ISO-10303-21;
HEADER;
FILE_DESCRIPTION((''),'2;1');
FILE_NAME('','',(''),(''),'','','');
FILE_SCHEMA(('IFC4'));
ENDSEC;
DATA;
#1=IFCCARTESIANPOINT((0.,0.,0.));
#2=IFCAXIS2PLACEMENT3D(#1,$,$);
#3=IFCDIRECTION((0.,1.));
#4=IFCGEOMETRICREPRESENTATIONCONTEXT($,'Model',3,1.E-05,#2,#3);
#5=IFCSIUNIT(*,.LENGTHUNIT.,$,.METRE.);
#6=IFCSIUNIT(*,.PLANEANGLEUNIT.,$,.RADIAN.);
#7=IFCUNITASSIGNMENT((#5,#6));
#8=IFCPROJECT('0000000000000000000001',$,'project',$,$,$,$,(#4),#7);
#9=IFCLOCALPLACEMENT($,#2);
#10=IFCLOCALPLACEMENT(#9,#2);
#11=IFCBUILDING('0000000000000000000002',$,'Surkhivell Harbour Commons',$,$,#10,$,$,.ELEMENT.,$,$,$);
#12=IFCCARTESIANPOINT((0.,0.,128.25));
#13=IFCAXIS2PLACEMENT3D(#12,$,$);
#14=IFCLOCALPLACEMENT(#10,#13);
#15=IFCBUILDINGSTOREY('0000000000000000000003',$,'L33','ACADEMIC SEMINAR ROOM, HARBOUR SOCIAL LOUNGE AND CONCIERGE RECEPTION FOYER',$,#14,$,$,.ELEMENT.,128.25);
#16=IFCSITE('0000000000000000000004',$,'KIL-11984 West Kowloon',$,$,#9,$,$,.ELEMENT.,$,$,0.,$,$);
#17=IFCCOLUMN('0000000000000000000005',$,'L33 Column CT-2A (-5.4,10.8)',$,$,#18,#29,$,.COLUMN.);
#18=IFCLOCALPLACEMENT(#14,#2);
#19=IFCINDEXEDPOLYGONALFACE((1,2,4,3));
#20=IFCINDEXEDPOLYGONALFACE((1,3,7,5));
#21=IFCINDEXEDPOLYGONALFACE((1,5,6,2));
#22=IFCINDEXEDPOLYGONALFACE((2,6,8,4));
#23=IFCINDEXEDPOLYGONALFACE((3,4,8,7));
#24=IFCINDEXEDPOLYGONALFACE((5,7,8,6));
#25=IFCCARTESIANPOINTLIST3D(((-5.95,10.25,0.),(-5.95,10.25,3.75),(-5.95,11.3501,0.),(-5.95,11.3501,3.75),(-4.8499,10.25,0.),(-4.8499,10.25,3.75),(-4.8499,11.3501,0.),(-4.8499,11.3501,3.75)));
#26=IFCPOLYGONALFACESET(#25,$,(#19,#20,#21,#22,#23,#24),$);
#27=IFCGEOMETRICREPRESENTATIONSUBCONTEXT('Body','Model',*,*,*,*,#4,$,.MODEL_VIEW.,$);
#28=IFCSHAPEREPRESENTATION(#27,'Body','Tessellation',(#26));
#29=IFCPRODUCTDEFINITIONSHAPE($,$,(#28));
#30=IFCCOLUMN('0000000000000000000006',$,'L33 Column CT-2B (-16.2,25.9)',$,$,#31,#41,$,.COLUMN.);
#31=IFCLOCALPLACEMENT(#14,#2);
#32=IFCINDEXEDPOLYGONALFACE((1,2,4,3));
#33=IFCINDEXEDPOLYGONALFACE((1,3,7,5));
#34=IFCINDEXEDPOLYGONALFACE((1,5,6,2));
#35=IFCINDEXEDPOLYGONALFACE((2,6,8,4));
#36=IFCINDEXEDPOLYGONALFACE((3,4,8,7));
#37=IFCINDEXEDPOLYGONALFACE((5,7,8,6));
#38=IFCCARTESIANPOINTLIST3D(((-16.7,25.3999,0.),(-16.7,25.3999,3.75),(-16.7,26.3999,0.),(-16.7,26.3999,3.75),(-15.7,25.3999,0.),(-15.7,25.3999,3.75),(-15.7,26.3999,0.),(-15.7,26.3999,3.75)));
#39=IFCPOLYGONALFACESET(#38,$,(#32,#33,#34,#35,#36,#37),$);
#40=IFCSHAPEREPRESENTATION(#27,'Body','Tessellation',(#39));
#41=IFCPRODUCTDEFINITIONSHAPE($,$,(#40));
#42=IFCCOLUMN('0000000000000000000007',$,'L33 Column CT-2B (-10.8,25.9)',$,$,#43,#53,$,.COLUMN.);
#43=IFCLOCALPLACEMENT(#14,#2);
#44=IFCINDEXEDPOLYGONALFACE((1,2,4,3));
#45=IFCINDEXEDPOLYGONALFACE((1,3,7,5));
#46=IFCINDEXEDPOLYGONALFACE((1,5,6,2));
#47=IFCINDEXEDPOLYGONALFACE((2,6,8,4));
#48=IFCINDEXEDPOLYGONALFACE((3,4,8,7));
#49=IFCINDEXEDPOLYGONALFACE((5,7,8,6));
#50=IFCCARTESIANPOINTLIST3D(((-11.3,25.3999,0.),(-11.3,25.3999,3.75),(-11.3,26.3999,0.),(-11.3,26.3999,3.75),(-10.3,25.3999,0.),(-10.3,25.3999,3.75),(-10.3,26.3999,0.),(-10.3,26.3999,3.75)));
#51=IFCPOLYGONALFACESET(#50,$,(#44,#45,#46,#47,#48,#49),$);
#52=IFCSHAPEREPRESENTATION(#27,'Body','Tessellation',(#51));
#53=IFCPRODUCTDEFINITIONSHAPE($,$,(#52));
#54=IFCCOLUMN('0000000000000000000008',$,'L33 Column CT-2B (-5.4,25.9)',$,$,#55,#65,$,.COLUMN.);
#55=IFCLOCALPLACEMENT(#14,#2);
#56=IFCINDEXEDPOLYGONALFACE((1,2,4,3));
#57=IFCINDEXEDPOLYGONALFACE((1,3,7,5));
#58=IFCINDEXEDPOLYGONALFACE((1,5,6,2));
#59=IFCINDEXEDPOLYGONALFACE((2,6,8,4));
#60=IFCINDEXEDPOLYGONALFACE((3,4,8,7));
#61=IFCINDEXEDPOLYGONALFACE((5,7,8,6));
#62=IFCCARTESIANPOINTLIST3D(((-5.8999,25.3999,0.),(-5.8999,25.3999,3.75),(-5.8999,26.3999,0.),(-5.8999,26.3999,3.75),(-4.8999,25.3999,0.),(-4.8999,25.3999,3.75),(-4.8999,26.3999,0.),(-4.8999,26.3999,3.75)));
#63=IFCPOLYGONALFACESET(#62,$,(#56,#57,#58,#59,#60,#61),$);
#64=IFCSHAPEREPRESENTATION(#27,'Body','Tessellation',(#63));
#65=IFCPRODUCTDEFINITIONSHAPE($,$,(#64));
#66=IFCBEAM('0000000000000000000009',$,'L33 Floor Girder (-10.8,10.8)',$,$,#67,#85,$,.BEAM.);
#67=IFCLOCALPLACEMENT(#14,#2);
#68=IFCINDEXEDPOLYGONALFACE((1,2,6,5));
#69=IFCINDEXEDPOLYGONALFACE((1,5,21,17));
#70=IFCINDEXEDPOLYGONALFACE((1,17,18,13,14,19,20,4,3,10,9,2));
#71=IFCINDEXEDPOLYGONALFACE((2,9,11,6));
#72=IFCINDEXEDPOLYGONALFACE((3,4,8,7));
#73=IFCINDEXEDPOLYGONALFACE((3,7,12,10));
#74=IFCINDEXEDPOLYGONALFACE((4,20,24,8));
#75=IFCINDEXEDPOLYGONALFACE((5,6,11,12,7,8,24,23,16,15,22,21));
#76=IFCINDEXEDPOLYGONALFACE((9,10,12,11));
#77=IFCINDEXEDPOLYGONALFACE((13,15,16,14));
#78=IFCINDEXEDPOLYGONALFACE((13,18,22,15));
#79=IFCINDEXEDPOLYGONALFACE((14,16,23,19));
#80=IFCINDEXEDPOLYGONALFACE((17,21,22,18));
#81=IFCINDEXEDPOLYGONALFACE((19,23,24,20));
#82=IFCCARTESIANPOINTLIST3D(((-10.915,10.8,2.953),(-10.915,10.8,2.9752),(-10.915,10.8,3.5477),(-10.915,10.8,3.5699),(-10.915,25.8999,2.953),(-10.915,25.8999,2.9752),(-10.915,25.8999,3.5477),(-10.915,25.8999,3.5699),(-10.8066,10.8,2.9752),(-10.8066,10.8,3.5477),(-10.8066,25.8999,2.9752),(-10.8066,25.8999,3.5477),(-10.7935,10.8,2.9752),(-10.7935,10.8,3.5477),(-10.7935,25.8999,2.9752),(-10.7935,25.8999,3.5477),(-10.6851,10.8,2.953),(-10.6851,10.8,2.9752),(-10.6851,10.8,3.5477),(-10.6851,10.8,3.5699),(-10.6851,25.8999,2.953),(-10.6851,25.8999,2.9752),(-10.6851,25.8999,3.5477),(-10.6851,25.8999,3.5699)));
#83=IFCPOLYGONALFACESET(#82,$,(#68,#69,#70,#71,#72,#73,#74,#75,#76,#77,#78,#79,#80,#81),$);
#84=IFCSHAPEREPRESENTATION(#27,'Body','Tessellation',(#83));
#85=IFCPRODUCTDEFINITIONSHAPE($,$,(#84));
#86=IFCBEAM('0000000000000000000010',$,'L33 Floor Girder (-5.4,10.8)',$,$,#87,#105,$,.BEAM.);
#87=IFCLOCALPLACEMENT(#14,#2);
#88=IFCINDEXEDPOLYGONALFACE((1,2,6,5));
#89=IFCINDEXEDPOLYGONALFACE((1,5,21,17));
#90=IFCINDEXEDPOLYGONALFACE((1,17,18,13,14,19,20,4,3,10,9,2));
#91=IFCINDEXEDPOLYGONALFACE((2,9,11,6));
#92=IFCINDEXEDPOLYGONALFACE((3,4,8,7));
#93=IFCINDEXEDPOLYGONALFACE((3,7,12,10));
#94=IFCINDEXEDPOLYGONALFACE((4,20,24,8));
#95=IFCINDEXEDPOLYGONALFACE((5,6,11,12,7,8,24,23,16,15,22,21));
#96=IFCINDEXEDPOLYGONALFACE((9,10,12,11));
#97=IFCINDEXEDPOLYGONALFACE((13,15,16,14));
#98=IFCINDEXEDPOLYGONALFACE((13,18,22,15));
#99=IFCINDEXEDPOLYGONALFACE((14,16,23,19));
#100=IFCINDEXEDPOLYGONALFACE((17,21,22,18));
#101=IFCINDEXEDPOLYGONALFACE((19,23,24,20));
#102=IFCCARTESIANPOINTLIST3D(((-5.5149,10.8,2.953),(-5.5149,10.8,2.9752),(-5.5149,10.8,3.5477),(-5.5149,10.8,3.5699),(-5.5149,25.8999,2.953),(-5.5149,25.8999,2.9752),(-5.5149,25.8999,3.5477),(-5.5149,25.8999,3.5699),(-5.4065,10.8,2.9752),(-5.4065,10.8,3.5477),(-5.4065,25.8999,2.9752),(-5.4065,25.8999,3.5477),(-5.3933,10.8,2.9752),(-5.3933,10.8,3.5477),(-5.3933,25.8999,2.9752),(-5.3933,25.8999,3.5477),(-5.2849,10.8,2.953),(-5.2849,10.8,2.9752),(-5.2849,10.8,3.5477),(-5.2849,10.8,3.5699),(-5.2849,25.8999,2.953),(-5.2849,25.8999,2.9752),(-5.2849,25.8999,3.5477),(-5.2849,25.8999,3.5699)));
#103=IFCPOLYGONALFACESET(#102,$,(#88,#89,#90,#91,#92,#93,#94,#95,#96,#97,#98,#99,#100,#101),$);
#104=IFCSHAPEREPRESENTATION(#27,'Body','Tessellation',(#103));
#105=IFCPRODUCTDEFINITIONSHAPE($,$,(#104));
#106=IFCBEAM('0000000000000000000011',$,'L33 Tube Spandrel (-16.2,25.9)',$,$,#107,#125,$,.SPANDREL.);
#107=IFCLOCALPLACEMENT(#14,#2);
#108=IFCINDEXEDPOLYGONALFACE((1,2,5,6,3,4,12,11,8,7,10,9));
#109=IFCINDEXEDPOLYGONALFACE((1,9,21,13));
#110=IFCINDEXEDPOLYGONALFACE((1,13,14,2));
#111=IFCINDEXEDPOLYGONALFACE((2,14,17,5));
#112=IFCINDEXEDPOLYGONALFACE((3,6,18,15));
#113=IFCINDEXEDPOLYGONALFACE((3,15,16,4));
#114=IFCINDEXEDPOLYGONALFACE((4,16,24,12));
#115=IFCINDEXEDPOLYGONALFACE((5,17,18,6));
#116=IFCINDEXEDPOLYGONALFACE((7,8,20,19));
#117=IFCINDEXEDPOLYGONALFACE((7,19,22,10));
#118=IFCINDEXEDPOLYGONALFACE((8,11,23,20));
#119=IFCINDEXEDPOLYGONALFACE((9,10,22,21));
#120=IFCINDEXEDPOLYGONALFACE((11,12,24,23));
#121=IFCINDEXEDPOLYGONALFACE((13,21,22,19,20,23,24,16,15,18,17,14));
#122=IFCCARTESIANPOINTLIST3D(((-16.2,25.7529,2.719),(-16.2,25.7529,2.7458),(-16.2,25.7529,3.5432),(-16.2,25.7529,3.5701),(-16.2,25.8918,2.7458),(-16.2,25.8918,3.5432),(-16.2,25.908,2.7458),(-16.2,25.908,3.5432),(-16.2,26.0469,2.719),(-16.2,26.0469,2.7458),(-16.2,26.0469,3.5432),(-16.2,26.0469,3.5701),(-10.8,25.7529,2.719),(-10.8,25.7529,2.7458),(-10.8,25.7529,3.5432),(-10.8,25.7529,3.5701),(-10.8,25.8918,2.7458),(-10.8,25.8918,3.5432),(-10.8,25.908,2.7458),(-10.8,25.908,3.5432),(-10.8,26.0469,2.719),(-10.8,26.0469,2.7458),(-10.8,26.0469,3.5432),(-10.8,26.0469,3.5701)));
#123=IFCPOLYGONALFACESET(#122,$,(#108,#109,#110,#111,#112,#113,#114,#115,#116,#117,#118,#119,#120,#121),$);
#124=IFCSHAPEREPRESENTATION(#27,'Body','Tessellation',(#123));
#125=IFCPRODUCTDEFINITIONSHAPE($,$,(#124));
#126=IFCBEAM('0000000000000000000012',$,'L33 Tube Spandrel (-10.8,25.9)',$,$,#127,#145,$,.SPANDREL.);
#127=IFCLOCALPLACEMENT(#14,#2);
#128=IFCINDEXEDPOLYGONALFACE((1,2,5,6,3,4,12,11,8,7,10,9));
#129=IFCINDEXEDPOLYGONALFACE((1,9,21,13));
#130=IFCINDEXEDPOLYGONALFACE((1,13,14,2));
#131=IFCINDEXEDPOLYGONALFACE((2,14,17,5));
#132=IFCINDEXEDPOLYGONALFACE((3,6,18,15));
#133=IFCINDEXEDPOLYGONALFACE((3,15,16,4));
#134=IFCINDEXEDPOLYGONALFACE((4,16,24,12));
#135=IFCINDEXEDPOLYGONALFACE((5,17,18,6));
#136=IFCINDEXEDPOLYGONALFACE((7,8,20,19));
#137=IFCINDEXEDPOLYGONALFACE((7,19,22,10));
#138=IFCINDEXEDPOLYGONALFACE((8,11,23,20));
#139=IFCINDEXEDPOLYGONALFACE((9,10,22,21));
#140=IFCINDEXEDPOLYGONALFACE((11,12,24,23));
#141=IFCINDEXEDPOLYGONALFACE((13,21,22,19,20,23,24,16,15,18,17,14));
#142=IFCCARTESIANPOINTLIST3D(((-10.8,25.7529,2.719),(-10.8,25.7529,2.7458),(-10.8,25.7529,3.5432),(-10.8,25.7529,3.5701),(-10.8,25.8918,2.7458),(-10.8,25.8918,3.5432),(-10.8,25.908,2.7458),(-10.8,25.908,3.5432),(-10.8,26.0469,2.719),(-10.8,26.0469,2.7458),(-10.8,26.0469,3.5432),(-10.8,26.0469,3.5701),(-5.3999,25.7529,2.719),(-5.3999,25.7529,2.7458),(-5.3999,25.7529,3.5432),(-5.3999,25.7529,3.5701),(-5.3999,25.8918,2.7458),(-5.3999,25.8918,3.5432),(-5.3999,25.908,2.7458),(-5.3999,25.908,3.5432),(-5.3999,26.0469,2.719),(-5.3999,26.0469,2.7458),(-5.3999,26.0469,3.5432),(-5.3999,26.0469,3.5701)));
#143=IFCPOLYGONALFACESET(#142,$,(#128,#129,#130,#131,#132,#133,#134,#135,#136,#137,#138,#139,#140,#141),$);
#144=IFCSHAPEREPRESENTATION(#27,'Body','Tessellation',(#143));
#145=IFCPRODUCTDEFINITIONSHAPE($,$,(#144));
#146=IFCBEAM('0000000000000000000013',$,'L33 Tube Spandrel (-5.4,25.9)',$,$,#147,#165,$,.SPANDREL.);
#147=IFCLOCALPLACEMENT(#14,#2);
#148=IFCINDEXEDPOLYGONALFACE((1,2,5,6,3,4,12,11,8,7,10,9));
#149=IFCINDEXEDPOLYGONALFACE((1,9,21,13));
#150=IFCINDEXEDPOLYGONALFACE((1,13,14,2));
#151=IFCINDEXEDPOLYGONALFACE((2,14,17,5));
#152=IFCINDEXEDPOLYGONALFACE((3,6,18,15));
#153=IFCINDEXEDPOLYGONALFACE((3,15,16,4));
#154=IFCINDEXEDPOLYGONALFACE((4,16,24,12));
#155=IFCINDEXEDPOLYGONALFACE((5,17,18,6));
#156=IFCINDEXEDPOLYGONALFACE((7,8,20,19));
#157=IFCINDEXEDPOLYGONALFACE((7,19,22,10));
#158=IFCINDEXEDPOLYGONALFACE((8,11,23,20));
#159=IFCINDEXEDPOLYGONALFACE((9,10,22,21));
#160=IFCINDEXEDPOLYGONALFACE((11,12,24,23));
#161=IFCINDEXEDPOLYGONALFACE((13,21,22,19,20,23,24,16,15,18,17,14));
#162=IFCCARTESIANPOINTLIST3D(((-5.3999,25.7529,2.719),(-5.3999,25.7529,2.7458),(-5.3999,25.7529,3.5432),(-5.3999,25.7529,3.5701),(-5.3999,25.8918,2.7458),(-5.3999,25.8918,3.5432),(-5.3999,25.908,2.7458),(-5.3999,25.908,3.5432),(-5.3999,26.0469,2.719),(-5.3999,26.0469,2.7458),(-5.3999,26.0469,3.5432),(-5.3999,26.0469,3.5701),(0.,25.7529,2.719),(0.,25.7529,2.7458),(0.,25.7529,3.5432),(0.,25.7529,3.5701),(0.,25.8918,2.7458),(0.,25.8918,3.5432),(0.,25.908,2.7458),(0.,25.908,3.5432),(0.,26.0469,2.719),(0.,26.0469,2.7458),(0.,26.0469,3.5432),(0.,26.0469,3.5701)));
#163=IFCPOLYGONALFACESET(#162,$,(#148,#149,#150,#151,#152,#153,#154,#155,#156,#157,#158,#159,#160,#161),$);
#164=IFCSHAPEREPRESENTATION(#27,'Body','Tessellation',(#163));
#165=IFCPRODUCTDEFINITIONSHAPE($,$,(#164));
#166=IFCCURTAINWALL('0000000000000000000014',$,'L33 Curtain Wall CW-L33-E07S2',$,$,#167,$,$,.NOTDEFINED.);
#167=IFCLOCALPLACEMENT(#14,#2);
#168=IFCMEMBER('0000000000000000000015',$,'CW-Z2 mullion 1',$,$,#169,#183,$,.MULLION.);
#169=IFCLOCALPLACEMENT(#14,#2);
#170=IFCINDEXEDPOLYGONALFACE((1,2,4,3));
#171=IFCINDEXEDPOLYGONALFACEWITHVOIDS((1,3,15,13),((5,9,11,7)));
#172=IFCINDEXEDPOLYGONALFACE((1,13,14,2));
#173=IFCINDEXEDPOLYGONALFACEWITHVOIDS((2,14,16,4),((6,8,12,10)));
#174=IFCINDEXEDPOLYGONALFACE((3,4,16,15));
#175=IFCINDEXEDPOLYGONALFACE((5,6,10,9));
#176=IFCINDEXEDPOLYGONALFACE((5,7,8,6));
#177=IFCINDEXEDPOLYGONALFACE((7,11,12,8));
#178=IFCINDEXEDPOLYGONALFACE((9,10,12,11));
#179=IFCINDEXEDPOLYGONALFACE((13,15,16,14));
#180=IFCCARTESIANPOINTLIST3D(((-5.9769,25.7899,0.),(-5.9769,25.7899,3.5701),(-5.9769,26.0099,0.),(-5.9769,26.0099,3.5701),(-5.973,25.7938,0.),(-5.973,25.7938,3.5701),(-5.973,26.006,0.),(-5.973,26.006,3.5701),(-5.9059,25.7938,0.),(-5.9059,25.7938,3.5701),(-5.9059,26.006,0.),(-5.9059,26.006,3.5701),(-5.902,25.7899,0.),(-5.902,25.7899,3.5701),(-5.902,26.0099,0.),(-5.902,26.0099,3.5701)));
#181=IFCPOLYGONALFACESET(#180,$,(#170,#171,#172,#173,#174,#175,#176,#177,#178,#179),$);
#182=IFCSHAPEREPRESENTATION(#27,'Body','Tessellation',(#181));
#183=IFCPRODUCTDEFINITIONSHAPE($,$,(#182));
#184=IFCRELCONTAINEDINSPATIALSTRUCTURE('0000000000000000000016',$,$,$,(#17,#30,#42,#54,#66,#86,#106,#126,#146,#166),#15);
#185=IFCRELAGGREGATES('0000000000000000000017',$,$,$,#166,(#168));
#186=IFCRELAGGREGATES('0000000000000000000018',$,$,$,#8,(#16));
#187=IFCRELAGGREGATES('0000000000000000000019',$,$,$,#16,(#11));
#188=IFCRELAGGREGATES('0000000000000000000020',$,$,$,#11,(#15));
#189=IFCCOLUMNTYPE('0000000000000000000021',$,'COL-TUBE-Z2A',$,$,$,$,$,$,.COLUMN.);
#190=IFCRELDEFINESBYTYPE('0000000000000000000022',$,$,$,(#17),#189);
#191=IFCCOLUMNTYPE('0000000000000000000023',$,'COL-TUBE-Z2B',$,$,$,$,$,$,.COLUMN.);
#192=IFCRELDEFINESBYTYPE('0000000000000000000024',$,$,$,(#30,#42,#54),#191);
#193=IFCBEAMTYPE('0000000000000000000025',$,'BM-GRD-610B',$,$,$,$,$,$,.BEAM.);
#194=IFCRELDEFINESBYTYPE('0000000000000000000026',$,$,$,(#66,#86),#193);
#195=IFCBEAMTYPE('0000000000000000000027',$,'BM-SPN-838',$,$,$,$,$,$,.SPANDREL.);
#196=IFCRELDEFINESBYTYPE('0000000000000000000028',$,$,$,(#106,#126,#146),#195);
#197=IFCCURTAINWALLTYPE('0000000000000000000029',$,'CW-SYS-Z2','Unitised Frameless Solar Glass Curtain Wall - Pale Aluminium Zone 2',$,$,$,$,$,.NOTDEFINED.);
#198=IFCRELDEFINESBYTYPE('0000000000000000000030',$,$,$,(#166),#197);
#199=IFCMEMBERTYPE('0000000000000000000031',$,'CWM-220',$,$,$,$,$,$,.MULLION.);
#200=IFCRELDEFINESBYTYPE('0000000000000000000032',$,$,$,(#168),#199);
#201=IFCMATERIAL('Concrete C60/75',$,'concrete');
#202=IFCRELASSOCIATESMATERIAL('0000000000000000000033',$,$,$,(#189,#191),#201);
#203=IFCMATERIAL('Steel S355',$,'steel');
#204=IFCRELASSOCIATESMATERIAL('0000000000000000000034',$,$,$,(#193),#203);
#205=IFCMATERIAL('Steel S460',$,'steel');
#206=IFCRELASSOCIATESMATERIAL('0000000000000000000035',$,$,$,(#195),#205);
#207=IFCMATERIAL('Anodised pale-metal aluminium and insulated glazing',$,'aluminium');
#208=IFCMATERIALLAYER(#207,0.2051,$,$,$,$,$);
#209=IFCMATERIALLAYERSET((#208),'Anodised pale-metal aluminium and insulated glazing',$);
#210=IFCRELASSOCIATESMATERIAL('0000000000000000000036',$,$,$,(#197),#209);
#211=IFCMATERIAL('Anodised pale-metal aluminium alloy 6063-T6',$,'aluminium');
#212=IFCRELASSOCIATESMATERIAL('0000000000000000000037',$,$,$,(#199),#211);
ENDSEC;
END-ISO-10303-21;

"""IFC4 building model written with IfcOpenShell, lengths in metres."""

from ifc_helpers import new_model, si_unit, direction, frame, origin, origin_2d, place, context, subcontext, project, spatial, rectangle, hollow_rectangle, i_section, extrude, material, layer, layer_set, material_profile, profile_set, type_object, element, aggregate, save


model = new_model("IFC4")

# Units and contexts
model_context = context("Model", 3, precision=1e-05, world=origin(), true_north=direction((0.0, 1.0)))
body_context = subcontext(model_context, "Body", "Model", "MODEL_VIEW")
ifc_project = project(units=[si_unit("LENGTHUNIT", "METRE"), si_unit("PLANEANGLEUNIT", "RADIAN")], contexts=[model_context])

# Site, building, storey
site_placement = place(None, origin())
site = spatial("IfcSite", under=ifc_project, at=site_placement, Name="KIL-11984 West Kowloon", CompositionType="ELEMENT", RefElevation=0.0)
building_placement = place(site_placement, origin())
building = spatial("IfcBuilding", under=site, at=building_placement, Name="Surkhivell Harbour Commons", CompositionType="ELEMENT")
storey_placement = place(building_placement, frame((0.0, 0.0, 128.25)))
storey = spatial("IfcBuildingStorey", under=building, at=storey_placement, Name="L33", Description="ACADEMIC SEMINAR ROOM, HARBOUR SOCIAL LOUNGE AND CONCIERGE RECEPTION FOYER", CompositionType="ELEMENT", Elevation=128.25)

# Columns
ifc_material_1 = material(Name="Concrete C60/75", Category="concrete")
ifc_material_profile_1 = material_profile(ifc_material_1, rectangle(XDim=1.1001, YDim=1.1001, at=origin_2d()), Name="RC-COL-1100x1100")
ifc_profile_set_1 = profile_set([ifc_material_profile_1], Name="Concrete C60/75")
column_type_1 = type_object("IfcColumnType", Name="COL-TUBE-Z2A", PredefinedType="COLUMN", material=ifc_profile_set_1)
column_placement = place(storey_placement, frame((-5.3999, 10.8, 0.0), z_axis=(0.0, 0.0, 1.0), x_axis=(1.0, 0.0, 0.0)))
element("IfcColumn", 1, at=column_placement, inside=storey, type_object=column_type_1, Name="L33 Column CT-2A (-5.4,10.8)", PredefinedType="COLUMN", context=body_context, shape_type="SweptSolid", body=[
    extrude(rectangle(XDim=1.1001, YDim=1.1001, at=origin_2d()), origin(), (0.0, 0.0, 1.0), 3.75),
])
ifc_material_profile_2 = material_profile(ifc_material_1, rectangle(XDim=1.0, YDim=1.0, at=origin_2d()), Name="RC-COL-1000x1000")
ifc_profile_set_2 = profile_set([ifc_material_profile_2], Name="Concrete C60/75")
column_type_2 = type_object("IfcColumnType", Name="COL-TUBE-Z2B", PredefinedType="COLUMN", material=ifc_profile_set_2)
for number, where, z_axis, x_axis, name in (
    (2, (-16.2, 25.8999, 0.0), (0.0, 0.0, 1.0), (1.0, 0.0, 0.0), "L33 Column CT-2B (-16.2,25.9)"),
    (3, (-10.8, 25.8999, 0.0), (0.0, 0.0, 1.0), (1.0, 0.0, 0.0), "L33 Column CT-2B (-10.8,25.9)"),
    (4, (-5.3999, 25.8999, 0.0), (0.0, 0.0, 1.0), (1.0, 0.0, 0.0), "L33 Column CT-2B (-5.4,25.9)"),
):
    element("IfcColumn", number, at=place(storey_placement, frame(where, z_axis=z_axis, x_axis=x_axis)), inside=storey, type_object=column_type_2, Name=name, PredefinedType="COLUMN", context=body_context, shape_type="SweptSolid", body=[
        extrude(rectangle(XDim=1.0, YDim=1.0, at=origin_2d()), origin(), (0.0, 0.0, 1.0), 3.75),
    ])

# Beams
ifc_material_2 = material(Name="Steel S355", Category="steel")
ifc_material_profile_3 = material_profile(ifc_material_2, i_section(OverallWidth=0.23, OverallDepth=0.6169, WebThickness=0.0132, FlangeThickness=0.0222, at=origin_2d()), Name="UB610x229x140")
ifc_profile_set_3 = profile_set([ifc_material_profile_3], Name="Steel S355")
beam_type_1 = type_object("IfcBeamType", Name="BM-GRD-610B", PredefinedType="BEAM", material=ifc_profile_set_3)
for number, where, z_axis, x_axis, name in (
    (5, (-10.8, 10.8, 3.2615), (0.0, 1.0, 0.0), (-1.0, 0.0, 0.0), "L33 Floor Girder (-10.8,10.8)"),
    (6, (-5.3999, 10.8, 3.2615), (0.0, 1.0, 0.0), (-1.0, 0.0, 0.0), "L33 Floor Girder (-5.4,10.8)"),
):
    element("IfcBeam", number, at=place(storey_placement, frame(where, z_axis=z_axis, x_axis=x_axis)), inside=storey, type_object=beam_type_1, Name=name, PredefinedType="BEAM", context=body_context, shape_type="SweptSolid", body=[
        extrude(i_section(OverallWidth=0.23, OverallDepth=0.6169, WebThickness=0.0132, FlangeThickness=0.0222, at=origin_2d()), origin(), (0.0, 0.0, 1.0), 15.0999),
    ])
ifc_material_3 = material(Name="Steel S460", Category="steel")
ifc_material_profile_4 = material_profile(ifc_material_3, i_section(OverallWidth=0.2939, OverallDepth=0.8511, WebThickness=0.0161, FlangeThickness=0.0269, at=origin_2d()), Name="UB838x292x226")
ifc_profile_set_4 = profile_set([ifc_material_profile_4], Name="Steel S460")
beam_type_2 = type_object("IfcBeamType", Name="BM-SPN-838", PredefinedType="SPANDREL", material=ifc_profile_set_4)
beam_1_placement = place(storey_placement, frame((-16.2, 25.8999, 3.1445), z_axis=(1.0, 0.0, 0.0), x_axis=(0.0, 1.0, 0.0)))
element("IfcBeam", 7, at=beam_1_placement, inside=storey, type_object=beam_type_2, Name="L33 Tube Spandrel (-16.2,25.9)", PredefinedType="SPANDREL", context=body_context, shape_type="SweptSolid", body=[
    extrude(i_section(OverallWidth=0.2939, OverallDepth=0.8511, WebThickness=0.0161, FlangeThickness=0.0269, at=origin_2d()), origin(), (0.0, 0.0, 1.0), 5.3999),
])
beam_2_placement = place(storey_placement, frame((-10.8, 25.8999, 3.1445), z_axis=(1.0, 0.0, 0.0), x_axis=(0.0, 1.0, 0.0)))
element("IfcBeam", 8, at=beam_2_placement, inside=storey, type_object=beam_type_2, Name="L33 Tube Spandrel (-10.8,25.9)", PredefinedType="SPANDREL", context=body_context, shape_type="SweptSolid", body=[
    extrude(i_section(OverallWidth=0.2939, OverallDepth=0.8511, WebThickness=0.0161, FlangeThickness=0.0269, at=origin_2d()), origin(), (0.0, 0.0, 1.0), 5.4001),
])
beam_3_placement = place(storey_placement, frame((-5.3999, 25.8999, 3.1445), z_axis=(1.0, 0.0, 0.0), x_axis=(0.0, 1.0, 0.0)))
element("IfcBeam", 9, at=beam_3_placement, inside=storey, type_object=beam_type_2, Name="L33 Tube Spandrel (-5.4,25.9)", PredefinedType="SPANDREL", context=body_context, shape_type="SweptSolid", body=[
    extrude(i_section(OverallWidth=0.2939, OverallDepth=0.8511, WebThickness=0.0161, FlangeThickness=0.0269, at=origin_2d()), origin(), (0.0, 0.0, 1.0), 5.3999),
])

# Curtain wall, member
ifc_material_4 = material(Name="Anodised pale-metal aluminium and insulated glazing", Category="aluminium")
ifc_layer_1 = layer(ifc_material_4, 0.2051)
ifc_layer_set_1 = layer_set([ifc_layer_1], Name="Anodised pale-metal aluminium and insulated glazing")
curtain_wall_type = type_object("IfcCurtainWallType", Name="CW-SYS-Z2", Description="Unitised Frameless Solar Glass Curtain Wall - Pale Aluminium Zone 2", PredefinedType="NOTDEFINED", material=ifc_layer_set_1)
curtain_wall_placement = place(storey_placement, origin())
curtain_wall = element("IfcCurtainWall", 10, at=curtain_wall_placement, inside=storey, type_object=curtain_wall_type, Name="L33 Curtain Wall CW-L33-E07S2", PredefinedType="NOTDEFINED")
ifc_material_5 = material(Name="Anodised pale-metal aluminium alloy 6063-T6", Category="aluminium")
ifc_material_profile_5 = material_profile(ifc_material_5, hollow_rectangle(XDim=0.075, YDim=0.22, WallThickness=0.0039, at=origin_2d()), Name="ALU-MULL-75x220")
ifc_profile_set_5 = profile_set([ifc_material_profile_5], Name="Anodised pale-metal aluminium alloy 6063-T6")
member_type_1 = type_object("IfcMemberType", Name="CWM-220", PredefinedType="MULLION", material=ifc_profile_set_5)
member_1_placement = place(storey_placement, frame((-5.9395, 25.8999, 0.0), z_axis=(0.0, 0.0, 1.0), x_axis=(-1.0, 0.0, 0.0)))
member_1 = element("IfcMember", 11, at=member_1_placement, type_object=member_type_1, Name="CW-Z2 mullion 1", PredefinedType="MULLION", context=body_context, shape_type="SweptSolid", body=[
    extrude(hollow_rectangle(XDim=0.075, YDim=0.22, WallThickness=0.0039, at=origin_2d()), origin(), (0.0, 0.0, 1.0), 3.5701),
])

aggregate(curtain_wall, [member_1])

save(model, "model.ifc")
